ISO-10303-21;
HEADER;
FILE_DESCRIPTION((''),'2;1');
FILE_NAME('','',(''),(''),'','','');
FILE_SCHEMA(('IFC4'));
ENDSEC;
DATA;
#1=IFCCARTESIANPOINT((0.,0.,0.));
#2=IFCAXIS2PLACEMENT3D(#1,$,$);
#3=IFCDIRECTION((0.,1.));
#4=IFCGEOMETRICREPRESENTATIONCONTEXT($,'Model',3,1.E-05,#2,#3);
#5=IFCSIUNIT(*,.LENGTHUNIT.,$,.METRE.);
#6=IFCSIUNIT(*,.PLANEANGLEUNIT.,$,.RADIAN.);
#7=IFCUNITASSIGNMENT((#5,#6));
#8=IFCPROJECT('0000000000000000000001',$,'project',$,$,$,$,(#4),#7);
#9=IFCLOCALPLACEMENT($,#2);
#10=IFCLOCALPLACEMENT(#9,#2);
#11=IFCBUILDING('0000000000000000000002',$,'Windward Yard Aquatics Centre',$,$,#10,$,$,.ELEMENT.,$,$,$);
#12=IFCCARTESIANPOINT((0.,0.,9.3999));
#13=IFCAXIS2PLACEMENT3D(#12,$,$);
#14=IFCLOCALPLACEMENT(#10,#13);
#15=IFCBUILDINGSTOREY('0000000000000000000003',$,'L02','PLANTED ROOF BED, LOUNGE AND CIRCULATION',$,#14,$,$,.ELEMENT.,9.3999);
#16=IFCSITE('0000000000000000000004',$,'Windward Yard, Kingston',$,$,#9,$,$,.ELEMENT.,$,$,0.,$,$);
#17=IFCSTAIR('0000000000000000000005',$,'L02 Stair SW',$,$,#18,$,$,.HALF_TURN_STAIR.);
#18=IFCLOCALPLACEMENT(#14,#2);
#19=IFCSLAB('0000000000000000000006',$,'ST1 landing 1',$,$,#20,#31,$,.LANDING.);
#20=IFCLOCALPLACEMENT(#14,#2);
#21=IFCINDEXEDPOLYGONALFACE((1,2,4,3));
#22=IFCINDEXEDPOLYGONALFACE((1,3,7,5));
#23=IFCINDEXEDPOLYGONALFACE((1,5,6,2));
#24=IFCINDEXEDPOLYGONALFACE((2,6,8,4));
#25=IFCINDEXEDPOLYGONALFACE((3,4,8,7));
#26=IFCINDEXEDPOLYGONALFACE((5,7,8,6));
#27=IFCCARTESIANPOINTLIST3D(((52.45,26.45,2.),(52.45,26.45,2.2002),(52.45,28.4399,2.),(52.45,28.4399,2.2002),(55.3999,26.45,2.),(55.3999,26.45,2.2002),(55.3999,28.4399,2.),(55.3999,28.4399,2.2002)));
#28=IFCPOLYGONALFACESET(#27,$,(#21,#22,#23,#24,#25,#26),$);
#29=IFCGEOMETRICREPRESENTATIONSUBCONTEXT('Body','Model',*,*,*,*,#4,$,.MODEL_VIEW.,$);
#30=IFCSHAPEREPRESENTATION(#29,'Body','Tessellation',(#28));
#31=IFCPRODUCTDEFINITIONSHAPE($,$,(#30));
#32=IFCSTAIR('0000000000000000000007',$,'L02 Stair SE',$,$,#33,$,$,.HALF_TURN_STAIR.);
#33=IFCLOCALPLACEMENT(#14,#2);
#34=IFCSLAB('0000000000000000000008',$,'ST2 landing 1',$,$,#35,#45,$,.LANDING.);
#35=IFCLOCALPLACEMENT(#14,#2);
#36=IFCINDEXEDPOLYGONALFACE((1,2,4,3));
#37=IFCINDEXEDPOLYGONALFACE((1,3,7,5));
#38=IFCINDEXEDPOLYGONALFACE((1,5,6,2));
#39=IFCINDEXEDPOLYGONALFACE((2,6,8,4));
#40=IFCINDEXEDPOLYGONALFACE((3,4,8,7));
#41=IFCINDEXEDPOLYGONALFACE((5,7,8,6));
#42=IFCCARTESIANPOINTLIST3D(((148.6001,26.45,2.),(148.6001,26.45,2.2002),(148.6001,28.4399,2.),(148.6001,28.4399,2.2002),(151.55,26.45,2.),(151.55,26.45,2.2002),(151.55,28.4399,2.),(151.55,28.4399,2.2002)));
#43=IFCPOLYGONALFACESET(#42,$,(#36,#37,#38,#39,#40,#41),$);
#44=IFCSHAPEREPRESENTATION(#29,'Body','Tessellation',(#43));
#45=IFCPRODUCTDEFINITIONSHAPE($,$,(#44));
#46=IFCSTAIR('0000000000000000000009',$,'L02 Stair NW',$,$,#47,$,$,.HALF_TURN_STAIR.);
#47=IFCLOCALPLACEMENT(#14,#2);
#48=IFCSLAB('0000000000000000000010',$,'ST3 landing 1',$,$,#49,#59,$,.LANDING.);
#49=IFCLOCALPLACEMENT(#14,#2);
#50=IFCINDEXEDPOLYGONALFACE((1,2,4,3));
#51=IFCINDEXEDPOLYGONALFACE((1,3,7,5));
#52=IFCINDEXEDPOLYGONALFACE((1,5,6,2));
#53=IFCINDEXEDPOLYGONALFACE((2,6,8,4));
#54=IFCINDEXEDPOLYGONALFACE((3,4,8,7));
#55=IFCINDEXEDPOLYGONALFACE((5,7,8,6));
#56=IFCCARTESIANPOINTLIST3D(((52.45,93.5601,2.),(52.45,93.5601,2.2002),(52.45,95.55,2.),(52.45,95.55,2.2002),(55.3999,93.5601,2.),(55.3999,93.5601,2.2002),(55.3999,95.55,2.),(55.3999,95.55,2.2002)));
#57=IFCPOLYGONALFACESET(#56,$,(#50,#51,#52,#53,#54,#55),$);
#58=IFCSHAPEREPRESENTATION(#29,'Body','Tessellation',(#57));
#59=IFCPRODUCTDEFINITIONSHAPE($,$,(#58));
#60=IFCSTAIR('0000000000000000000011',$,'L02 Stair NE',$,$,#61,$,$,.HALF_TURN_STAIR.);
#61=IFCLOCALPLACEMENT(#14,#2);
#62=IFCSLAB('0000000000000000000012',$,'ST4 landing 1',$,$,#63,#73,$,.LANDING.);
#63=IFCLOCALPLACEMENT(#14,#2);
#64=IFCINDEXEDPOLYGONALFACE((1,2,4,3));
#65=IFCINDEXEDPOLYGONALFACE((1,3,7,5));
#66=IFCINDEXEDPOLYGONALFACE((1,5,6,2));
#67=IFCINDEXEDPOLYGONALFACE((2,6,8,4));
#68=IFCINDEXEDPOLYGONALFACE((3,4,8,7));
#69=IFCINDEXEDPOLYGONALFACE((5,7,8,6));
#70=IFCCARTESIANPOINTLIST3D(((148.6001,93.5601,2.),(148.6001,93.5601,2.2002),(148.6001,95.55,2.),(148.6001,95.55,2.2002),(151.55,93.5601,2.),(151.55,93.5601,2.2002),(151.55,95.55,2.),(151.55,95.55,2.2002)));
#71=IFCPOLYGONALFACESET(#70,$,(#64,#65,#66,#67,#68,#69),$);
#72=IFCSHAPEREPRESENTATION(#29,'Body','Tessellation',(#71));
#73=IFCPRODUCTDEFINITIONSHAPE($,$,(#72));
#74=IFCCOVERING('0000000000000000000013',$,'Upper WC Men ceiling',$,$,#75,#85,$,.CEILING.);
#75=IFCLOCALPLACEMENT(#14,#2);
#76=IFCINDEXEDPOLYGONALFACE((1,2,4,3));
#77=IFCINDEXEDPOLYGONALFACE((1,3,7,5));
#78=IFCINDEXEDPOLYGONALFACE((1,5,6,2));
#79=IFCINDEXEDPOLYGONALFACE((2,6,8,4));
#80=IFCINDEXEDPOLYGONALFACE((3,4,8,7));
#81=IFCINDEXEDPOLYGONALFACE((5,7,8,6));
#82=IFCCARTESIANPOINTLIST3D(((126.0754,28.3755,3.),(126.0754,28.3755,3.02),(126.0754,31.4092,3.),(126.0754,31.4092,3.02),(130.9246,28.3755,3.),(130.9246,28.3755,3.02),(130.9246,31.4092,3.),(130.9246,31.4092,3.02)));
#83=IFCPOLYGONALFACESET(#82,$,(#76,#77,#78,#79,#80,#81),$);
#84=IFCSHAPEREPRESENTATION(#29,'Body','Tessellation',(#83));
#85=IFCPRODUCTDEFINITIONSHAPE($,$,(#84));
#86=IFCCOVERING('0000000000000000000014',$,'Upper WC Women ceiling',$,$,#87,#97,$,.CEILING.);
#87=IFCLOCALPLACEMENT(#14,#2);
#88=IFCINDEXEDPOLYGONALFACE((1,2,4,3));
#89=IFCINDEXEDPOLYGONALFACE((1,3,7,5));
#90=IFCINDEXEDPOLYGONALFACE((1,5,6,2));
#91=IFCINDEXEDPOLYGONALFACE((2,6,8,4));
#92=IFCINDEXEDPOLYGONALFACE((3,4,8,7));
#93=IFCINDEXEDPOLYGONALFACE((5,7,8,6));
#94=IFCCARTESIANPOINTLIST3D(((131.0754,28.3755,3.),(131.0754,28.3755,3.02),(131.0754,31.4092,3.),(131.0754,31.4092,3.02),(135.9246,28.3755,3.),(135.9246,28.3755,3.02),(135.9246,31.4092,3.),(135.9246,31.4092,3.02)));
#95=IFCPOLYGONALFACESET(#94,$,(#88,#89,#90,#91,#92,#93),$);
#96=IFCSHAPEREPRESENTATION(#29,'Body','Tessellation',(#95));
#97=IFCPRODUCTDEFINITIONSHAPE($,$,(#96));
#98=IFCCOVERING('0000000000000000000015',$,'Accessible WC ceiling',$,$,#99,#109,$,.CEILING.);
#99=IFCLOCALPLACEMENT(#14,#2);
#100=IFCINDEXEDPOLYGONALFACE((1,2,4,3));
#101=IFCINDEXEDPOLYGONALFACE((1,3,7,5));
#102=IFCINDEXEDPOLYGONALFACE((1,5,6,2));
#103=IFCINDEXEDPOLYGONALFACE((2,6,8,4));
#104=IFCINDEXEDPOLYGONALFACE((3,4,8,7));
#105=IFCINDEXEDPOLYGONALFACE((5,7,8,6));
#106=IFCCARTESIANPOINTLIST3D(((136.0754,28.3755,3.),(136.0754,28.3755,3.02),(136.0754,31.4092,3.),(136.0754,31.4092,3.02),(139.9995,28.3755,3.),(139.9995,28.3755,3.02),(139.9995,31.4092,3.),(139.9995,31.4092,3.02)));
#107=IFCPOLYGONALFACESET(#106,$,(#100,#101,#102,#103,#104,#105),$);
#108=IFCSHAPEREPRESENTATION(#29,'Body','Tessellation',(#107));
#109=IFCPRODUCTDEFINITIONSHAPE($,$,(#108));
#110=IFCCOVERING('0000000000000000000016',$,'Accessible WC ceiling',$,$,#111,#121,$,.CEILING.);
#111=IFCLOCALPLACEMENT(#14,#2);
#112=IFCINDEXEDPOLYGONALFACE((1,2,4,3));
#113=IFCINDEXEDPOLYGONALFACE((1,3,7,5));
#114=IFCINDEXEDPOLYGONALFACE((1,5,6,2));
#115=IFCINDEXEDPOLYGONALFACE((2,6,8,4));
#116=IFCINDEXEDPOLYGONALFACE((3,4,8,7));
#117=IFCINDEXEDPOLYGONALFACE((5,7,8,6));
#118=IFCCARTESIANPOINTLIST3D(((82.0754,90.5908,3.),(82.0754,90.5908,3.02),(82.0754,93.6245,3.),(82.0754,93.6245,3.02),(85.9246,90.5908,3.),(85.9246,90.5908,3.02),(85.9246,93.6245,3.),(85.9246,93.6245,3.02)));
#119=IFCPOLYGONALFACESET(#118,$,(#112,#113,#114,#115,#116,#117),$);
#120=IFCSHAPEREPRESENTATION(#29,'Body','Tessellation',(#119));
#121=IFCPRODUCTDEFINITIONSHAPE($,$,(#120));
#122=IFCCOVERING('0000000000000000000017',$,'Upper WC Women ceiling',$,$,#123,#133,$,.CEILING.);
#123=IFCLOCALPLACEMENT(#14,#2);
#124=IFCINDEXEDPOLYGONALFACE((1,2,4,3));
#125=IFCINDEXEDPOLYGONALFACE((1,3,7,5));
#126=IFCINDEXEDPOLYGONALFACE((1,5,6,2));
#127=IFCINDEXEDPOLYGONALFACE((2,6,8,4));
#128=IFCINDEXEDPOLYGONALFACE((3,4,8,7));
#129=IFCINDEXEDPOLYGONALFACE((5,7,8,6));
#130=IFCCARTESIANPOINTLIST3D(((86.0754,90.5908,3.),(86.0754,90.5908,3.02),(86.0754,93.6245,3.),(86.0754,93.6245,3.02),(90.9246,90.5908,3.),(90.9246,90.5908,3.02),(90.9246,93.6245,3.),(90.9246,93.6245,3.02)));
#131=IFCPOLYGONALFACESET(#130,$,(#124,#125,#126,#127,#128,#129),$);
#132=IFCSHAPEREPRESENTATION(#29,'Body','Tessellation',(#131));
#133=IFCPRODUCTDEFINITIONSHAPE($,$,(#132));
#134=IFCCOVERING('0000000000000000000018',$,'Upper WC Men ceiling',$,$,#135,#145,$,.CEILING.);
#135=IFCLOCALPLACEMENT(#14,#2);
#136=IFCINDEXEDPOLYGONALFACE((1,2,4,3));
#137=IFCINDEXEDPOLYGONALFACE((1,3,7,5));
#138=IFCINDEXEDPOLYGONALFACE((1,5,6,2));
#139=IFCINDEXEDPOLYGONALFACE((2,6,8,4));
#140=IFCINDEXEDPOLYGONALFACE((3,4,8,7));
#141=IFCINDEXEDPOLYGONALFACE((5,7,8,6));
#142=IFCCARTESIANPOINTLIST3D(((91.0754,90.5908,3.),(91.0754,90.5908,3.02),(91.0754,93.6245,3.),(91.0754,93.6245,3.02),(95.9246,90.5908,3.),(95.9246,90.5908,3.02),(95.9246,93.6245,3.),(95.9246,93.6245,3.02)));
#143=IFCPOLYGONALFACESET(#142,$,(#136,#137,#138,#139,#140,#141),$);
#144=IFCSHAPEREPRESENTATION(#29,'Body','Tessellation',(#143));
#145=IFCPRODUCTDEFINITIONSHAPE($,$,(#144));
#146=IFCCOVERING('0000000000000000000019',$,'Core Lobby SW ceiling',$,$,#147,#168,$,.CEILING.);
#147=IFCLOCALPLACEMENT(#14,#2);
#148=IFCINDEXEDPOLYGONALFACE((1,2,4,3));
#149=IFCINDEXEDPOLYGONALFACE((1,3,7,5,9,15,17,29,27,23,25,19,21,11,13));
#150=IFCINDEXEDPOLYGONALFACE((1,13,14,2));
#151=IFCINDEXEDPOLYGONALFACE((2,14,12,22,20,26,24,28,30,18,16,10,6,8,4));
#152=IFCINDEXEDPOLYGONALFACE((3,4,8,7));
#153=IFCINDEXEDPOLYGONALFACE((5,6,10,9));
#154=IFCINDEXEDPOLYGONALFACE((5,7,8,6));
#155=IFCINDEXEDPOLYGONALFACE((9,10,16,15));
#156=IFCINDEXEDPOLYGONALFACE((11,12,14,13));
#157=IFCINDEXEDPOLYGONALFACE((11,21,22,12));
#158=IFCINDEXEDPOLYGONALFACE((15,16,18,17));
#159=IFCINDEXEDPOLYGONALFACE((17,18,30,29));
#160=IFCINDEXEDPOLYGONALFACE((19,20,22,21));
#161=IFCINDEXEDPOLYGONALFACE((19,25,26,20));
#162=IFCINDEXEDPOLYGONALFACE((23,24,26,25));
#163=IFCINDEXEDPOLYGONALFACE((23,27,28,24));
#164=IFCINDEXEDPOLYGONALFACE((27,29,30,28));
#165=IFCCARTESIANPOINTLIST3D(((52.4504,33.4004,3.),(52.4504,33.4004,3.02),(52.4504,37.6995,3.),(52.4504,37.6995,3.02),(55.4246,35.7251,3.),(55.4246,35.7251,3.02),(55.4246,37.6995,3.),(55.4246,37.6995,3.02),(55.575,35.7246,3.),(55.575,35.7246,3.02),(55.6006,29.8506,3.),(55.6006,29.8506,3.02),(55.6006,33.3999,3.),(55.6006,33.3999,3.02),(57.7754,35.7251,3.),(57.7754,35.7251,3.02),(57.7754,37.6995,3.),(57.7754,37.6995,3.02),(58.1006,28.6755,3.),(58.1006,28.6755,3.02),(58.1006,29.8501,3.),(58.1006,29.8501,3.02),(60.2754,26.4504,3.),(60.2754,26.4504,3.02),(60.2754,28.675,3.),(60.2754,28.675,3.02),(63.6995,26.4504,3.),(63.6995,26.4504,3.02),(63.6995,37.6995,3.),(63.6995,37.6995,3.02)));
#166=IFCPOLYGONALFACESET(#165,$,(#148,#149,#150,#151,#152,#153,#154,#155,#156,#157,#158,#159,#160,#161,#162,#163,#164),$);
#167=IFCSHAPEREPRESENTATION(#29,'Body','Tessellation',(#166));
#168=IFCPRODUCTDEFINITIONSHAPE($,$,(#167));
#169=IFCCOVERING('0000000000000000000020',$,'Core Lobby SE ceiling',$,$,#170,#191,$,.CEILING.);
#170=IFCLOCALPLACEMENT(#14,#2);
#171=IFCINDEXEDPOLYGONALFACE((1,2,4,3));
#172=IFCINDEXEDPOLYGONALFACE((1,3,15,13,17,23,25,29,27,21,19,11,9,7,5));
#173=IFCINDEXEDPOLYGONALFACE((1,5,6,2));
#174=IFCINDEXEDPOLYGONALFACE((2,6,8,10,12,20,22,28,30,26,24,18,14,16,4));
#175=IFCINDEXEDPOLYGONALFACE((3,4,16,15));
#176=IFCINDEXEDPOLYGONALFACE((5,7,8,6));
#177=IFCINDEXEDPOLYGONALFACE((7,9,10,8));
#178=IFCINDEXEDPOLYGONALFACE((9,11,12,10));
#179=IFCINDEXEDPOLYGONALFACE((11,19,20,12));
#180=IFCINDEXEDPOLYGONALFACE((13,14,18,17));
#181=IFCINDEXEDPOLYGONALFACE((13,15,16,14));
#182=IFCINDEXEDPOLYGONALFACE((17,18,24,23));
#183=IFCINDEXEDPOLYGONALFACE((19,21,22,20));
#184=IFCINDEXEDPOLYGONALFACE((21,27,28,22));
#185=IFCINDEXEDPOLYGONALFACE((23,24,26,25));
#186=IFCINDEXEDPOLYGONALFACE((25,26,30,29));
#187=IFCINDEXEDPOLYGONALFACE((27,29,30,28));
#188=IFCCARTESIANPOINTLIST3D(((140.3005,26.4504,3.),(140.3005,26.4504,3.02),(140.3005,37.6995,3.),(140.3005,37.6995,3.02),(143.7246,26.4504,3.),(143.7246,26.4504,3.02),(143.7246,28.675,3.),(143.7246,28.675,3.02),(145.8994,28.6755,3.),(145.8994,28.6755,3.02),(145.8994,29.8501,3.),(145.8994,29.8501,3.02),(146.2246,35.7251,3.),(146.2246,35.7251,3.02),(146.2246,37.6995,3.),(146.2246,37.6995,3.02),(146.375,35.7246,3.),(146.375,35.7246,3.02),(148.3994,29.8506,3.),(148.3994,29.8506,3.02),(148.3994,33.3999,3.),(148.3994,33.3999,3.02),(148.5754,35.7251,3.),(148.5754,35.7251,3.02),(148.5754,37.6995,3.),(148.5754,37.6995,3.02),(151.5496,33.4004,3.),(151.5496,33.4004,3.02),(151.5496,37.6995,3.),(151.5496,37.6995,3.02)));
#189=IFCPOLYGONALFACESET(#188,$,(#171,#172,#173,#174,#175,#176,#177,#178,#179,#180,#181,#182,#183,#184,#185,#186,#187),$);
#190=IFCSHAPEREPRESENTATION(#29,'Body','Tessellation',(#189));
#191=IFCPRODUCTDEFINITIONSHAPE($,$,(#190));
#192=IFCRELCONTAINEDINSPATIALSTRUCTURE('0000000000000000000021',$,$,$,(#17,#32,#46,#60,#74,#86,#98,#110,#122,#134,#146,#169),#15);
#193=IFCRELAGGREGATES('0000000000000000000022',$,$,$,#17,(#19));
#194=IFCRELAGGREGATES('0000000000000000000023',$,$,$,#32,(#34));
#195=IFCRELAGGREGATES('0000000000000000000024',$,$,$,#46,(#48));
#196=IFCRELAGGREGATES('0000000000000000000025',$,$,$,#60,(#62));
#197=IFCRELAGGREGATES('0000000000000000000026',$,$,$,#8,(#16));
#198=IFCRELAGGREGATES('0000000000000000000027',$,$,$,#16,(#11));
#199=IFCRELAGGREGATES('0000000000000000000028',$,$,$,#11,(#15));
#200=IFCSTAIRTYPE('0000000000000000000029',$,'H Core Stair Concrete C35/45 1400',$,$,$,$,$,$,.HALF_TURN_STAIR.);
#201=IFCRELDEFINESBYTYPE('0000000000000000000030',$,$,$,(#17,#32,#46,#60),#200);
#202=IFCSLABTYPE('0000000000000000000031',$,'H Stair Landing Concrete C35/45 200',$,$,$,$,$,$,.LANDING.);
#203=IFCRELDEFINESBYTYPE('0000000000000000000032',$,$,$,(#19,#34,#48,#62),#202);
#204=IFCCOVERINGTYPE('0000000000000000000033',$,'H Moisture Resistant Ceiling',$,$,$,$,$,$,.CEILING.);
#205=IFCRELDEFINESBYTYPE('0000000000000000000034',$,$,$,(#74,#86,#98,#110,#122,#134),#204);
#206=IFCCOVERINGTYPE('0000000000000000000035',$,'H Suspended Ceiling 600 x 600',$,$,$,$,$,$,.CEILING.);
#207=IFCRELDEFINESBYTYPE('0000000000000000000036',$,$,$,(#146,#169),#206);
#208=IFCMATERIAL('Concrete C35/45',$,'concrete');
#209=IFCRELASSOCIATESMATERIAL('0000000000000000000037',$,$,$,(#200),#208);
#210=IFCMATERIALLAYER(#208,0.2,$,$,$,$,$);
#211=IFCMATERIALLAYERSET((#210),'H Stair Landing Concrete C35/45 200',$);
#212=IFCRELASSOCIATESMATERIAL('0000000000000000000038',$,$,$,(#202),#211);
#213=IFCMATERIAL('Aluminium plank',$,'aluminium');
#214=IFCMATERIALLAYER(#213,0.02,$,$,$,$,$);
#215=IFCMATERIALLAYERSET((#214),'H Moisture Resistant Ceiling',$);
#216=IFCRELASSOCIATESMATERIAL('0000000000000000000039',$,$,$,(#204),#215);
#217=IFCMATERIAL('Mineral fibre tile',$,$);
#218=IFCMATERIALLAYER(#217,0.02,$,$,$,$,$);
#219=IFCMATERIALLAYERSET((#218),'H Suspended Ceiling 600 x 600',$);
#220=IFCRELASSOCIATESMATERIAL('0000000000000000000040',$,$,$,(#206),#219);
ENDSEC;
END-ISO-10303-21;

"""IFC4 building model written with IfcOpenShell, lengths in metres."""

from ifc_helpers import new_model, si_unit, direction, frame, origin, place, context, subcontext, project, spatial, polyline, outline, extrude, material, layer, layer_set, type_object, element, aggregate, save


model = new_model("IFC4")

# Units and contexts
model_context = context("Model", 3, precision=1e-05, world=origin(), true_north=direction((0.0, 1.0)))
body_context = subcontext(model_context, "Body", "Model", "MODEL_VIEW")
ifc_project = project(units=[si_unit("LENGTHUNIT", "METRE"), si_unit("PLANEANGLEUNIT", "RADIAN")], contexts=[model_context])

# Site, building, storey
site_placement = place(None, origin())
site = spatial("IfcSite", under=ifc_project, at=site_placement, Name="Windward Yard, Kingston", CompositionType="ELEMENT", RefElevation=0.0)
building_placement = place(site_placement, origin())
building = spatial("IfcBuilding", under=site, at=building_placement, Name="Windward Yard Aquatics Centre", CompositionType="ELEMENT")
storey_placement = place(building_placement, frame((0.0, 0.0, 9.3999)))
storey = spatial("IfcBuildingStorey", under=building, at=storey_placement, Name="L02", Description="PLANTED ROOF BED, LOUNGE AND CIRCULATION", CompositionType="ELEMENT", Elevation=9.3999)

# Stairs, slabs
ifc_material_1 = material(Name="Concrete C35/45", Category="concrete")
stair_type = type_object("IfcStairType", Name="H Core Stair Concrete C35/45 1400", PredefinedType="HALF_TURN_STAIR", material=ifc_material_1)
stair_1_placement = place(storey_placement, origin())
stair_1 = element("IfcStair", 1, at=stair_1_placement, inside=storey, type_object=stair_type, Name="L02 Stair SW", PredefinedType="HALF_TURN_STAIR")
ifc_layer_1 = layer(ifc_material_1, 0.2)
ifc_layer_set_1 = layer_set([ifc_layer_1], Name="H Stair Landing Concrete C35/45 200")
slab_type = type_object("IfcSlabType", Name="H Stair Landing Concrete C35/45 200", PredefinedType="LANDING", material=ifc_layer_set_1)
slab_1_placement = place(storey_placement, frame((0.0, 0.0, 2.0)))
slab_1 = element("IfcSlab", 2, at=slab_1_placement, type_object=slab_type, Name="ST1 landing 1", PredefinedType="LANDING", context=body_context, shape_type="SweptSolid", body=[
    extrude(outline(polyline([(52.45, 26.45), (55.3999, 26.45), (55.3999, 28.4399), (52.45, 28.4399), (52.45, 26.45)])), origin(), (0.0, 0.0, 1.0), 0.2002),
])
aggregate(stair_1, [slab_1])
stair_2_placement = place(storey_placement, origin())
stair_2 = element("IfcStair", 3, at=stair_2_placement, inside=storey, type_object=stair_type, Name="L02 Stair SE", PredefinedType="HALF_TURN_STAIR")
slab_2_placement = place(storey_placement, frame((0.0, 0.0, 2.0)))
slab_2 = element("IfcSlab", 4, at=slab_2_placement, type_object=slab_type, Name="ST2 landing 1", PredefinedType="LANDING", context=body_context, shape_type="SweptSolid", body=[
    extrude(outline(polyline([(148.6001, 26.45), (151.55, 26.45), (151.55, 28.4399), (148.6001, 28.4399), (148.6001, 26.45)])), origin(), (0.0, 0.0, 1.0), 0.2002),
])
aggregate(stair_2, [slab_2])
stair_3_placement = place(storey_placement, origin())
stair_3 = element("IfcStair", 5, at=stair_3_placement, inside=storey, type_object=stair_type, Name="L02 Stair NW", PredefinedType="HALF_TURN_STAIR")
slab_3_placement = place(storey_placement, frame((0.0, 0.0, 2.0)))
slab_3 = element("IfcSlab", 6, at=slab_3_placement, type_object=slab_type, Name="ST3 landing 1", PredefinedType="LANDING", context=body_context, shape_type="SweptSolid", body=[
    extrude(outline(polyline([(52.45, 93.5601), (55.3999, 93.5601), (55.3999, 95.55), (52.45, 95.55), (52.45, 93.5601)])), origin(), (0.0, 0.0, 1.0), 0.2002),
])
aggregate(stair_3, [slab_3])
stair_4_placement = place(storey_placement, origin())
stair_4 = element("IfcStair", 7, at=stair_4_placement, inside=storey, type_object=stair_type, Name="L02 Stair NE", PredefinedType="HALF_TURN_STAIR")
slab_4_placement = place(storey_placement, frame((0.0, 0.0, 2.0)))
slab_4 = element("IfcSlab", 8, at=slab_4_placement, type_object=slab_type, Name="ST4 landing 1", PredefinedType="LANDING", context=body_context, shape_type="SweptSolid", body=[
    extrude(outline(polyline([(148.6001, 93.5601), (151.55, 93.5601), (151.55, 95.55), (148.6001, 95.55), (148.6001, 93.5601)])), origin(), (0.0, 0.0, 1.0), 0.2002),
])
aggregate(stair_4, [slab_4])

# Coverings
ifc_material_2 = material(Name="Aluminium plank", Category="aluminium")
ifc_layer_2 = layer(ifc_material_2, 0.02)
ifc_layer_set_2 = layer_set([ifc_layer_2], Name="H Moisture Resistant Ceiling")
covering_type_1 = type_object("IfcCoveringType", Name="H Moisture Resistant Ceiling", PredefinedType="CEILING", material=ifc_layer_set_2)
covering_1_placement = place(storey_placement, frame((0.0, 0.0, 3.0)))
element("IfcCovering", 9, at=covering_1_placement, inside=storey, type_object=covering_type_1, Name="Upper WC Men ceiling", PredefinedType="CEILING", context=body_context, shape_type="SweptSolid", body=[
    extrude(outline(polyline([(126.0754, 28.3755), (126.0754, 31.4092), (130.9246, 31.4092), (130.9246, 28.3755), (126.0754, 28.3755)])), origin(), (0.0, 0.0, 1.0), 0.02),
])
covering_2_placement = place(storey_placement, frame((0.0, 0.0, 3.0)))
element("IfcCovering", 10, at=covering_2_placement, inside=storey, type_object=covering_type_1, Name="Upper WC Women ceiling", PredefinedType="CEILING", context=body_context, shape_type="SweptSolid", body=[
    extrude(outline(polyline([(131.0754, 28.3755), (131.0754, 31.4092), (135.9246, 31.4092), (135.9246, 28.3755), (131.0754, 28.3755)])), origin(), (0.0, 0.0, 1.0), 0.02),
])
covering_3_placement = place(storey_placement, frame((0.0, 0.0, 3.0)))
element("IfcCovering", 11, at=covering_3_placement, inside=storey, type_object=covering_type_1, Name="Accessible WC ceiling", PredefinedType="CEILING", context=body_context, shape_type="SweptSolid", body=[
    extrude(outline(polyline([(136.0754, 28.3755), (136.0754, 31.4092), (139.9995, 31.4092), (139.9995, 28.3755), (136.0754, 28.3755)])), origin(), (0.0, 0.0, 1.0), 0.02),
])
covering_4_placement = place(storey_placement, frame((0.0, 0.0, 3.0)))
element("IfcCovering", 12, at=covering_4_placement, inside=storey, type_object=covering_type_1, Name="Accessible WC ceiling", PredefinedType="CEILING", context=body_context, shape_type="SweptSolid", body=[
    extrude(outline(polyline([(82.0754, 90.5908), (82.0754, 93.6245), (85.9246, 93.6245), (85.9246, 90.5908), (82.0754, 90.5908)])), origin(), (0.0, 0.0, 1.0), 0.02),
])
covering_5_placement = place(storey_placement, frame((0.0, 0.0, 3.0)))
element("IfcCovering", 13, at=covering_5_placement, inside=storey, type_object=covering_type_1, Name="Upper WC Women ceiling", PredefinedType="CEILING", context=body_context, shape_type="SweptSolid", body=[
    extrude(outline(polyline([(86.0754, 90.5908), (86.0754, 93.6245), (90.9246, 93.6245), (90.9246, 90.5908), (86.0754, 90.5908)])), origin(), (0.0, 0.0, 1.0), 0.02),
])
covering_6_placement = place(storey_placement, frame((0.0, 0.0, 3.0)))
element("IfcCovering", 14, at=covering_6_placement, inside=storey, type_object=covering_type_1, Name="Upper WC Men ceiling", PredefinedType="CEILING", context=body_context, shape_type="SweptSolid", body=[
    extrude(outline(polyline([(91.0754, 90.5908), (91.0754, 93.6245), (95.9246, 93.6245), (95.9246, 90.5908), (91.0754, 90.5908)])), origin(), (0.0, 0.0, 1.0), 0.02),
])
ifc_material_3 = material(Name="Mineral fibre tile")
ifc_layer_3 = layer(ifc_material_3, 0.02)
ifc_layer_set_3 = layer_set([ifc_layer_3], Name="H Suspended Ceiling 600 x 600")
covering_type_2 = type_object("IfcCoveringType", Name="H Suspended Ceiling 600 x 600", PredefinedType="CEILING", material=ifc_layer_set_3)
covering_7_placement = place(storey_placement, frame((0.0, 0.0, 3.0)))
element("IfcCovering", 15, at=covering_7_placement, inside=storey, type_object=covering_type_2, Name="Core Lobby SW ceiling", PredefinedType="CEILING", context=body_context, shape_type="SweptSolid", body=[
    extrude(outline(polyline([(52.4504, 33.4004), (52.4504, 37.6995), (55.4246, 37.6995), (55.4246, 35.7251), (55.575, 35.7246), (57.7754, 35.7251), (57.7754, 37.6995), (63.6995, 37.6995), (63.6995, 26.4504), (60.2754, 26.4504), (60.2754, 28.675), (58.1006, 28.6755), (58.1006, 29.8501), (55.6006, 29.8506), (55.6006, 33.3999), (52.4504, 33.4004)])), origin(), (0.0, 0.0, 1.0), 0.02),
])
covering_8_placement = place(storey_placement, frame((0.0, 0.0, 3.0)))
element("IfcCovering", 16, at=covering_8_placement, inside=storey, type_object=covering_type_2, Name="Core Lobby SE ceiling", PredefinedType="CEILING", context=body_context, shape_type="SweptSolid", body=[
    extrude(outline(polyline([(140.3005, 26.4504), (140.3005, 37.6995), (146.2246, 37.6995), (146.2246, 35.7251), (146.375, 35.7246), (148.5754, 35.7251), (148.5754, 37.6995), (151.5496, 37.6995), (151.5496, 33.4004), (148.3994, 33.3999), (148.3994, 29.8506), (145.8994, 29.8501), (145.8994, 28.6755), (143.7246, 28.675), (143.7246, 26.4504), (140.3005, 26.4504)])), origin(), (0.0, 0.0, 1.0), 0.02),
])

save(model, "model.ifc")
